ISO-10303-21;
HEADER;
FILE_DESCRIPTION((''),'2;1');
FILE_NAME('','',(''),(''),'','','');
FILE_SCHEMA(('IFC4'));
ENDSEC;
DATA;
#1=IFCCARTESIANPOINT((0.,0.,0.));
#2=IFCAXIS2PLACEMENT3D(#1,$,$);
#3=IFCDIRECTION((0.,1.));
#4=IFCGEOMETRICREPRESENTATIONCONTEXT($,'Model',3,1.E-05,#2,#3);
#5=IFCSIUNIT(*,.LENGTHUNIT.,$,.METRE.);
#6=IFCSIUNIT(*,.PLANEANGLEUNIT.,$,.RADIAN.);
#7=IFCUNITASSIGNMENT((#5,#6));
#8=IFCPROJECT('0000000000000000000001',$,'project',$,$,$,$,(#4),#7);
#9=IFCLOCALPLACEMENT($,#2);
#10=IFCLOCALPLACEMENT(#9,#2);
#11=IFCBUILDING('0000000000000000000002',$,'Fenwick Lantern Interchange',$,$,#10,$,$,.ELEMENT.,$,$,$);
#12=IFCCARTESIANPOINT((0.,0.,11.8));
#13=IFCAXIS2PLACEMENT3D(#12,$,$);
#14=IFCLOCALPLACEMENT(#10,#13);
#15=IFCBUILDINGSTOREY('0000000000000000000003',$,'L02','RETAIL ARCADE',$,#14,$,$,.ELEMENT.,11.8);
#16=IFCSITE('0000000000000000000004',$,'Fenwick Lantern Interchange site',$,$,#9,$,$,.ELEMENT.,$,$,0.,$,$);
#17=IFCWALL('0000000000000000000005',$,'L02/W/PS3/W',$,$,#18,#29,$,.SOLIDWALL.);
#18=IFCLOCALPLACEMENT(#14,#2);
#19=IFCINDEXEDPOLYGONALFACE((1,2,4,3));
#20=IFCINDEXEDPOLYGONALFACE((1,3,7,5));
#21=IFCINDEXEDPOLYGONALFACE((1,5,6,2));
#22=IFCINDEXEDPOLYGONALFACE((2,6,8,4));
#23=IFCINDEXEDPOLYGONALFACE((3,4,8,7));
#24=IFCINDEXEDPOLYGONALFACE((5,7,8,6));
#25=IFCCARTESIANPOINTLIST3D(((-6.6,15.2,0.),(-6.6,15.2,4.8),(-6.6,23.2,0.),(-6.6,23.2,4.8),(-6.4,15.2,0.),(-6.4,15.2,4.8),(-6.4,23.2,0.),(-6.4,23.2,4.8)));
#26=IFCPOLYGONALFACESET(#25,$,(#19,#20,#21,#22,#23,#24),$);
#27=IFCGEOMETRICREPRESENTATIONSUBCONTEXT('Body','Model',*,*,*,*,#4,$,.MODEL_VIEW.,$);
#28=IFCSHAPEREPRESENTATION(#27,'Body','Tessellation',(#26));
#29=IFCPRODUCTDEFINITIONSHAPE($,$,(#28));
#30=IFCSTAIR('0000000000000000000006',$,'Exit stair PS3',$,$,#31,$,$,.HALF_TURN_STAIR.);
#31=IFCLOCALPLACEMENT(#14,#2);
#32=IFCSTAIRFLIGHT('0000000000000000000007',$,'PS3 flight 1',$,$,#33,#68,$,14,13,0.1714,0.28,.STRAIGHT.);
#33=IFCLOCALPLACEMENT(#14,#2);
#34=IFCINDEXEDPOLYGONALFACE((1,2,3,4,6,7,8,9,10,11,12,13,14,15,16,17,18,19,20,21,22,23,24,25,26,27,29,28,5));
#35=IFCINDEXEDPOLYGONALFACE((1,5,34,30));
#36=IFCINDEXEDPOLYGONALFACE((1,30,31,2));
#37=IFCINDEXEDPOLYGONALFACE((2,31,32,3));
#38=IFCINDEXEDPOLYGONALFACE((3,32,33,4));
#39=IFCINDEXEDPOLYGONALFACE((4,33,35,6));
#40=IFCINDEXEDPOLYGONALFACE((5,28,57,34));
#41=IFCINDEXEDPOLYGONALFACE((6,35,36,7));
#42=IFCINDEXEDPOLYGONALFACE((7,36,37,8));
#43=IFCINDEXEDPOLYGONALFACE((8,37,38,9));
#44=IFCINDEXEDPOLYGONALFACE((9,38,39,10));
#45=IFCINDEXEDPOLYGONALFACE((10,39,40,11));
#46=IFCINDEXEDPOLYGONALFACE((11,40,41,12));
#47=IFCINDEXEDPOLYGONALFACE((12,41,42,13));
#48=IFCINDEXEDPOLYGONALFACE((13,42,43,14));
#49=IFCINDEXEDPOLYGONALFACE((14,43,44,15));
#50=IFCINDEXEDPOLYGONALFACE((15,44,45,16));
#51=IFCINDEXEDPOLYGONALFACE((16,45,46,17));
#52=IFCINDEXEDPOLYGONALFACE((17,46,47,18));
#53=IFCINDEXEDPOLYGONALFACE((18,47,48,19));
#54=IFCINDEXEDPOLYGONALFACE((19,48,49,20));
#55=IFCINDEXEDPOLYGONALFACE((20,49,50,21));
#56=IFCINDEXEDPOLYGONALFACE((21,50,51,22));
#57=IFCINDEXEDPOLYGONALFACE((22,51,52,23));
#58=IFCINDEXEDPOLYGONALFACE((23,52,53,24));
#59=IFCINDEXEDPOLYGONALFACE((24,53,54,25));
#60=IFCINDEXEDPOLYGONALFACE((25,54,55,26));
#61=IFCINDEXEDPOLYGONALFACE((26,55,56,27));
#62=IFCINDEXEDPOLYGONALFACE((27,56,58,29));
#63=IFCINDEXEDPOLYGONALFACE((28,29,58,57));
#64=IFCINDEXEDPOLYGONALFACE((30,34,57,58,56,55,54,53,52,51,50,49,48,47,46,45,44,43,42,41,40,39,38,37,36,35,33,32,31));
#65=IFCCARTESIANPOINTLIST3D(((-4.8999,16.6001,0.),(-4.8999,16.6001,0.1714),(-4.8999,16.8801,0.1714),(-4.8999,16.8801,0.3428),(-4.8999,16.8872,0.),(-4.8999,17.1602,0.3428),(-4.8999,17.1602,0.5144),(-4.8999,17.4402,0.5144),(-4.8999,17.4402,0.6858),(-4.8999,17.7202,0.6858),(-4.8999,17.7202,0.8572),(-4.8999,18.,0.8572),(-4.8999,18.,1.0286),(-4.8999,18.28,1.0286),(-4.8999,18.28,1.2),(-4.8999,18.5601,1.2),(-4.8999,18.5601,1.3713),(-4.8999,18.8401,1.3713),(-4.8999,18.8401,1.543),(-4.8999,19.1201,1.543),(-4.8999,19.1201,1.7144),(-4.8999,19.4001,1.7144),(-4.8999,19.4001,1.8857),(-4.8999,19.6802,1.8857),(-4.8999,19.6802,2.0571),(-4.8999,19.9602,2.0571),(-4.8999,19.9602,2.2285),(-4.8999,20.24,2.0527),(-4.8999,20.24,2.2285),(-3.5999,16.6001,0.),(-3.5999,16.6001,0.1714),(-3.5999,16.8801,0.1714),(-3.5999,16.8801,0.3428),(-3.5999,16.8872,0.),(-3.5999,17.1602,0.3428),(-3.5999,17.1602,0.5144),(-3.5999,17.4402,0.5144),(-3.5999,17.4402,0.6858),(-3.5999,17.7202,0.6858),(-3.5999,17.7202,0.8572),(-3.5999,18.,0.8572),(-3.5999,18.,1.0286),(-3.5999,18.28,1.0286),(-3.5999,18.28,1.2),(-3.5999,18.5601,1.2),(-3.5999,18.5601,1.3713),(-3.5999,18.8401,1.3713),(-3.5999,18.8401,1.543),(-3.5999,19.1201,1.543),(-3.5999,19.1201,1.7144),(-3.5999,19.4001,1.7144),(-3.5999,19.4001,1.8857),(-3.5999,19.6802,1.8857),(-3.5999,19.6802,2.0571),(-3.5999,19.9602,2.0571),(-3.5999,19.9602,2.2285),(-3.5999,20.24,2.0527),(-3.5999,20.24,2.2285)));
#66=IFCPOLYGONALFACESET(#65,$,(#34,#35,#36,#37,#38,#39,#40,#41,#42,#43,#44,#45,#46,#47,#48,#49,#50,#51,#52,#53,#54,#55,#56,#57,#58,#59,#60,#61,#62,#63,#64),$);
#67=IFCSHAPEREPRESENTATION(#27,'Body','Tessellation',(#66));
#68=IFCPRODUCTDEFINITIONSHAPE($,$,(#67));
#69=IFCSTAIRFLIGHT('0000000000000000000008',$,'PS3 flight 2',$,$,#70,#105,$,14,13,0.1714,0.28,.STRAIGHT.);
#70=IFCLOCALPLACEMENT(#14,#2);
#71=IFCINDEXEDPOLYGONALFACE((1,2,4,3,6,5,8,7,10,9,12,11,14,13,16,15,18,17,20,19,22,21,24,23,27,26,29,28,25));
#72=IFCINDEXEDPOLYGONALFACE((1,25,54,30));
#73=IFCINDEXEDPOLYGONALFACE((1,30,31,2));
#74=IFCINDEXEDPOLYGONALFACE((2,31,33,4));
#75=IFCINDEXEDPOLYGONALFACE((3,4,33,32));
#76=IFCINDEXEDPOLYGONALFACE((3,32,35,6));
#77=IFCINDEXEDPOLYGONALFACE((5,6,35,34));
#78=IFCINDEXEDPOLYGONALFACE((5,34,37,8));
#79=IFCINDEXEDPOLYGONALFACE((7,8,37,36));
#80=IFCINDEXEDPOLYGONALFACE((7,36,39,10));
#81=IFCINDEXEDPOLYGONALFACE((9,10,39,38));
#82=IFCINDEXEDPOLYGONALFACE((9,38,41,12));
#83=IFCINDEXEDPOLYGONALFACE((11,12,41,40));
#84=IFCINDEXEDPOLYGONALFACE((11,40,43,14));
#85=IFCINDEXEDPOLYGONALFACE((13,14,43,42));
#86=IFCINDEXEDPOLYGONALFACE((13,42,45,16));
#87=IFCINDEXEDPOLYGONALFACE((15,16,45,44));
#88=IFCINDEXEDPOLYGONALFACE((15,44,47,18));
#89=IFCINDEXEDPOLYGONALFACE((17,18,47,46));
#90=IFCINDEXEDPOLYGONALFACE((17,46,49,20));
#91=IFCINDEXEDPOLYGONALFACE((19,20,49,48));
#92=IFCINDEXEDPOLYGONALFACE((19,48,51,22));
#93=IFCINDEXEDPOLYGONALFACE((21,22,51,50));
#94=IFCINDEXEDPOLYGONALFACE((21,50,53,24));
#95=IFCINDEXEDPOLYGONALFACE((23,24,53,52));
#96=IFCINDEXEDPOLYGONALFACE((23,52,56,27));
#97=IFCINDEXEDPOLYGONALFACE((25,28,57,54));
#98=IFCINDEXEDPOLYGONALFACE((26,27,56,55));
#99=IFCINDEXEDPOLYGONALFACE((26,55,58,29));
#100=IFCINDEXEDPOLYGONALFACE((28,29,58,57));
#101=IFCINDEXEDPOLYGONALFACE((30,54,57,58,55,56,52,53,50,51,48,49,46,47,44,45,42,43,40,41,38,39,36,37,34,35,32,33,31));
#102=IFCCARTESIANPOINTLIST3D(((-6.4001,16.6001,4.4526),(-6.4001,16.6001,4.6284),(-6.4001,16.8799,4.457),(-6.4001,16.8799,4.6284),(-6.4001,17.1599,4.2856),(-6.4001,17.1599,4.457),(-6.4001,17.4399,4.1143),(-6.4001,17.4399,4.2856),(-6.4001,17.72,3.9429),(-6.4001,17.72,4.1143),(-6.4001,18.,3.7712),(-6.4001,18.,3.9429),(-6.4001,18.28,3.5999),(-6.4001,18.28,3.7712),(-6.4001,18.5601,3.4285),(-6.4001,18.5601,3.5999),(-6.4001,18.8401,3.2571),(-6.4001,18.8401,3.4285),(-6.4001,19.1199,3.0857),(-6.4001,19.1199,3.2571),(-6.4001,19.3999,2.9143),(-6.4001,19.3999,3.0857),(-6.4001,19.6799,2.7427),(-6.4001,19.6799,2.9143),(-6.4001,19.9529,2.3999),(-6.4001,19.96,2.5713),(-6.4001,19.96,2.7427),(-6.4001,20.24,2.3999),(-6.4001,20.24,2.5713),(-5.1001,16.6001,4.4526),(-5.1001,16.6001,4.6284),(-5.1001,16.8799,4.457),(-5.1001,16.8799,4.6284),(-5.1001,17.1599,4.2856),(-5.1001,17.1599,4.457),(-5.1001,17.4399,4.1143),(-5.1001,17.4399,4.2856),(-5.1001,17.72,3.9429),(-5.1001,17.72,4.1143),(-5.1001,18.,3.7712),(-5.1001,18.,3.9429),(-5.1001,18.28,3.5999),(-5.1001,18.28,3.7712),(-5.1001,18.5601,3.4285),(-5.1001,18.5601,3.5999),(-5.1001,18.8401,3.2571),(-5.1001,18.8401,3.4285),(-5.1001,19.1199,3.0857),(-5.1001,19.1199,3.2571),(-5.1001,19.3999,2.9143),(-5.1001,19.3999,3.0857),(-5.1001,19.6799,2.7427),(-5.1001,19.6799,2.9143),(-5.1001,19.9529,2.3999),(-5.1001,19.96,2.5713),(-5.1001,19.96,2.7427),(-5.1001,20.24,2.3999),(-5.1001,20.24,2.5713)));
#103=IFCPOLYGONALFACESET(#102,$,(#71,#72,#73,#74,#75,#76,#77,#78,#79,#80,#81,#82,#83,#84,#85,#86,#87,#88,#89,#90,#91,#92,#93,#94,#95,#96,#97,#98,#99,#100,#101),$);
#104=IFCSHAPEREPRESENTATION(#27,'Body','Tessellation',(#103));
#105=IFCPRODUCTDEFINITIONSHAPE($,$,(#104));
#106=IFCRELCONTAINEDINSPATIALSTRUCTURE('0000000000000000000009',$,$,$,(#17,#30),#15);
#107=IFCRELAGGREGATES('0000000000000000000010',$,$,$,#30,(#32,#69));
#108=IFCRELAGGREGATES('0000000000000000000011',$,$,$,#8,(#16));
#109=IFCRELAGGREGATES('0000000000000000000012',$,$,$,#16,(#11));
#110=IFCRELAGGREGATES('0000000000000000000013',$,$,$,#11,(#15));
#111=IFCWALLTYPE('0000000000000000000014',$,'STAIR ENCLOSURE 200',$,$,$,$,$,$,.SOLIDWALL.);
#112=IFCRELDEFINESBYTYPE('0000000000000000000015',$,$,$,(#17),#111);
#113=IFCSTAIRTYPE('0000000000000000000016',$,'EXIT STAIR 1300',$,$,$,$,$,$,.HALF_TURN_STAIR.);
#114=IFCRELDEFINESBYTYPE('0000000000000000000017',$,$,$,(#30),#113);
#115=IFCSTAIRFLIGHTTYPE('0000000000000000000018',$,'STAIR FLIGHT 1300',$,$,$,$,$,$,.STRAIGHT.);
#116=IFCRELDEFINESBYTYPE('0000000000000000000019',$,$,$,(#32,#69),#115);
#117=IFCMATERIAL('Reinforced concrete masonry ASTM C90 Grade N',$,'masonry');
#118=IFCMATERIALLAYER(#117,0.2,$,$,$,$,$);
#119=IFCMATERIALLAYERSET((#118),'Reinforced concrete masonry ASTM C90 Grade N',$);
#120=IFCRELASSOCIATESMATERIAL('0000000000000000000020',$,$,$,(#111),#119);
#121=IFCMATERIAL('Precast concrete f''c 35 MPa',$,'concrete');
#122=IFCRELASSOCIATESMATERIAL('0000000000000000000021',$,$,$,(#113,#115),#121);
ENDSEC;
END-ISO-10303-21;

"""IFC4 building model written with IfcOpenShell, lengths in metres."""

from ifc_helpers import new_model, si_unit, direction, frame, frame_2d, origin, place, context, subcontext, project, spatial, polyline, rectangle, outline, extrude, material, layer, layer_set, type_object, element, aggregate, save


model = new_model("IFC4")

# Units and contexts
model_context = context("Model", 3, precision=1e-05, world=origin(), true_north=direction((0.0, 1.0)))
body_context = subcontext(model_context, "Body", "Model", "MODEL_VIEW")
ifc_project = project(units=[si_unit("LENGTHUNIT", "METRE"), si_unit("PLANEANGLEUNIT", "RADIAN")], contexts=[model_context])

# Site, building, storey
site_placement = place(None, origin())
site = spatial("IfcSite", under=ifc_project, at=site_placement, Name="Fenwick Lantern Interchange site", CompositionType="ELEMENT", RefElevation=0.0)
building_placement = place(site_placement, origin())
building = spatial("IfcBuilding", under=site, at=building_placement, Name="Fenwick Lantern Interchange", CompositionType="ELEMENT")
storey_placement = place(building_placement, frame((0.0, 0.0, 11.8)))
storey = spatial("IfcBuildingStorey", under=building, at=storey_placement, Name="L02", Description="RETAIL ARCADE", CompositionType="ELEMENT", Elevation=11.8)

# Shared definitions
ifc_material_1 = material(Name="Reinforced concrete masonry ASTM C90 Grade N", Category="masonry")
ifc_layer_1 = layer(ifc_material_1, 0.2)
ifc_layer_set_1 = layer_set([ifc_layer_1], Name="Reinforced concrete masonry ASTM C90 Grade N")
wall_type_1 = type_object("IfcWallType", Name="STAIR ENCLOSURE 200", PredefinedType="SOLIDWALL", material=ifc_layer_set_1)

# Wall
wall_1_placement = place(storey_placement, frame((-6.5, 23.2, 0.0), z_axis=(0.0, 0.0, 1.0), x_axis=(0.0, -1.0, 0.0)))
element("IfcWall", 1, at=wall_1_placement, inside=storey, type_object=wall_type_1, Name="L02/W/PS3/W", PredefinedType="SOLIDWALL", context=body_context, shape_type="SweptSolid", body=[
    extrude(rectangle(XDim=8.0, YDim=0.2, at=frame_2d((4.0, 0.0))), origin(), (0.0, 0.0, 1.0), 4.8),
])

# Stair, stair flights
ifc_material_2 = material(Name="Precast concrete f'c 35 MPa", Category="concrete")
stair_type = type_object("IfcStairType", Name="EXIT STAIR 1300", PredefinedType="HALF_TURN_STAIR", material=ifc_material_2)
stair_placement = place(storey_placement, origin())
stair = element("IfcStair", 2, at=stair_placement, inside=storey, type_object=stair_type, Name="Exit stair PS3", PredefinedType="HALF_TURN_STAIR")
stair_flight_type = type_object("IfcStairFlightType", Name="STAIR FLIGHT 1300", PredefinedType="STRAIGHT", material=ifc_material_2)
stair_flight_1_placement = place(storey_placement, frame((-4.25, 16.6001, 0.0), z_axis=(0.0, 0.0, 1.0), x_axis=(0.0, 1.0, 0.0)))
stair_flight_1 = element("IfcStairFlight", 3, at=stair_flight_1_placement, type_object=stair_flight_type, Name="PS3 flight 1", NumberOfRisers=14, NumberOfTreads=13, PredefinedType="STRAIGHT", RiserHeight=0.1714, TreadLength=0.28, context=body_context, shape_type="SweptSolid", body=[
    extrude(outline(polyline([(0.0, 0.0), (0.0, 0.1714), (0.28, 0.1714), (0.28, 0.3428), (0.5601, 0.3428), (0.5601, 0.5144), (0.8401, 0.5144), (0.8401, 0.6858), (1.1201, 0.6858), (1.1201, 0.8572), (1.3999, 0.8572), (1.3999, 1.0286), (1.6799, 1.0286), (1.6799, 1.2), (1.96, 1.2), (1.96, 1.3713), (2.24, 1.3713), (2.24, 1.543), (2.52, 1.543), (2.52, 1.7144), (2.8, 1.7144), (2.8, 1.8857), (3.0801, 1.8857), (3.0801, 2.0571), (3.3601, 2.0571), (3.3601, 2.2285), (3.6399, 2.2285), (3.6399, 2.3999), (3.6399, 2.0527), (0.2871, 0.0), (0.0, 0.0)])), frame((0.0, 0.6499, 0.0), z_axis=(0.0, -1.0, 0.0), x_axis=(1.0, 0.0, 0.0)), (0.0, 0.0, 1.0), 1.3),
])
stair_flight_2_placement = place(storey_placement, frame((-5.75, 20.24, 2.3999), z_axis=(0.0, 0.0, 1.0), x_axis=(0.0, -1.0, 0.0)))
stair_flight_2 = element("IfcStairFlight", 4, at=stair_flight_2_placement, type_object=stair_flight_type, Name="PS3 flight 2", NumberOfRisers=14, NumberOfTreads=13, PredefinedType="STRAIGHT", RiserHeight=0.1714, TreadLength=0.28, context=body_context, shape_type="SweptSolid", body=[
    extrude(outline(polyline([(0.0, 0.0), (0.0, 0.1714), (0.28, 0.1714), (0.28, 0.3428), (0.5601, 0.3428), (0.5601, 0.5144), (0.8401, 0.5144), (0.8401, 0.6858), (1.1201, 0.6858), (1.1201, 0.8572), (1.3999, 0.8572), (1.3999, 1.0286), (1.6799, 1.0286), (1.6799, 1.2), (1.96, 1.2), (1.96, 1.3713), (2.24, 1.3713), (2.24, 1.543), (2.52, 1.543), (2.52, 1.7144), (2.8, 1.7144), (2.8, 1.8857), (3.0801, 1.8857), (3.0801, 2.0571), (3.3601, 2.0571), (3.3601, 2.2285), (3.6399, 2.2285), (3.6399, 2.3999), (3.6399, 2.0527), (0.2871, 0.0), (0.0, 0.0)])), frame((0.0, 0.6499, 0.0), z_axis=(0.0, -1.0, 0.0), x_axis=(1.0, 0.0, 0.0)), (0.0, 0.0, 1.0), 1.3),
])
aggregate(stair, [stair_flight_1, stair_flight_2])

save(model, "model.ifc")
